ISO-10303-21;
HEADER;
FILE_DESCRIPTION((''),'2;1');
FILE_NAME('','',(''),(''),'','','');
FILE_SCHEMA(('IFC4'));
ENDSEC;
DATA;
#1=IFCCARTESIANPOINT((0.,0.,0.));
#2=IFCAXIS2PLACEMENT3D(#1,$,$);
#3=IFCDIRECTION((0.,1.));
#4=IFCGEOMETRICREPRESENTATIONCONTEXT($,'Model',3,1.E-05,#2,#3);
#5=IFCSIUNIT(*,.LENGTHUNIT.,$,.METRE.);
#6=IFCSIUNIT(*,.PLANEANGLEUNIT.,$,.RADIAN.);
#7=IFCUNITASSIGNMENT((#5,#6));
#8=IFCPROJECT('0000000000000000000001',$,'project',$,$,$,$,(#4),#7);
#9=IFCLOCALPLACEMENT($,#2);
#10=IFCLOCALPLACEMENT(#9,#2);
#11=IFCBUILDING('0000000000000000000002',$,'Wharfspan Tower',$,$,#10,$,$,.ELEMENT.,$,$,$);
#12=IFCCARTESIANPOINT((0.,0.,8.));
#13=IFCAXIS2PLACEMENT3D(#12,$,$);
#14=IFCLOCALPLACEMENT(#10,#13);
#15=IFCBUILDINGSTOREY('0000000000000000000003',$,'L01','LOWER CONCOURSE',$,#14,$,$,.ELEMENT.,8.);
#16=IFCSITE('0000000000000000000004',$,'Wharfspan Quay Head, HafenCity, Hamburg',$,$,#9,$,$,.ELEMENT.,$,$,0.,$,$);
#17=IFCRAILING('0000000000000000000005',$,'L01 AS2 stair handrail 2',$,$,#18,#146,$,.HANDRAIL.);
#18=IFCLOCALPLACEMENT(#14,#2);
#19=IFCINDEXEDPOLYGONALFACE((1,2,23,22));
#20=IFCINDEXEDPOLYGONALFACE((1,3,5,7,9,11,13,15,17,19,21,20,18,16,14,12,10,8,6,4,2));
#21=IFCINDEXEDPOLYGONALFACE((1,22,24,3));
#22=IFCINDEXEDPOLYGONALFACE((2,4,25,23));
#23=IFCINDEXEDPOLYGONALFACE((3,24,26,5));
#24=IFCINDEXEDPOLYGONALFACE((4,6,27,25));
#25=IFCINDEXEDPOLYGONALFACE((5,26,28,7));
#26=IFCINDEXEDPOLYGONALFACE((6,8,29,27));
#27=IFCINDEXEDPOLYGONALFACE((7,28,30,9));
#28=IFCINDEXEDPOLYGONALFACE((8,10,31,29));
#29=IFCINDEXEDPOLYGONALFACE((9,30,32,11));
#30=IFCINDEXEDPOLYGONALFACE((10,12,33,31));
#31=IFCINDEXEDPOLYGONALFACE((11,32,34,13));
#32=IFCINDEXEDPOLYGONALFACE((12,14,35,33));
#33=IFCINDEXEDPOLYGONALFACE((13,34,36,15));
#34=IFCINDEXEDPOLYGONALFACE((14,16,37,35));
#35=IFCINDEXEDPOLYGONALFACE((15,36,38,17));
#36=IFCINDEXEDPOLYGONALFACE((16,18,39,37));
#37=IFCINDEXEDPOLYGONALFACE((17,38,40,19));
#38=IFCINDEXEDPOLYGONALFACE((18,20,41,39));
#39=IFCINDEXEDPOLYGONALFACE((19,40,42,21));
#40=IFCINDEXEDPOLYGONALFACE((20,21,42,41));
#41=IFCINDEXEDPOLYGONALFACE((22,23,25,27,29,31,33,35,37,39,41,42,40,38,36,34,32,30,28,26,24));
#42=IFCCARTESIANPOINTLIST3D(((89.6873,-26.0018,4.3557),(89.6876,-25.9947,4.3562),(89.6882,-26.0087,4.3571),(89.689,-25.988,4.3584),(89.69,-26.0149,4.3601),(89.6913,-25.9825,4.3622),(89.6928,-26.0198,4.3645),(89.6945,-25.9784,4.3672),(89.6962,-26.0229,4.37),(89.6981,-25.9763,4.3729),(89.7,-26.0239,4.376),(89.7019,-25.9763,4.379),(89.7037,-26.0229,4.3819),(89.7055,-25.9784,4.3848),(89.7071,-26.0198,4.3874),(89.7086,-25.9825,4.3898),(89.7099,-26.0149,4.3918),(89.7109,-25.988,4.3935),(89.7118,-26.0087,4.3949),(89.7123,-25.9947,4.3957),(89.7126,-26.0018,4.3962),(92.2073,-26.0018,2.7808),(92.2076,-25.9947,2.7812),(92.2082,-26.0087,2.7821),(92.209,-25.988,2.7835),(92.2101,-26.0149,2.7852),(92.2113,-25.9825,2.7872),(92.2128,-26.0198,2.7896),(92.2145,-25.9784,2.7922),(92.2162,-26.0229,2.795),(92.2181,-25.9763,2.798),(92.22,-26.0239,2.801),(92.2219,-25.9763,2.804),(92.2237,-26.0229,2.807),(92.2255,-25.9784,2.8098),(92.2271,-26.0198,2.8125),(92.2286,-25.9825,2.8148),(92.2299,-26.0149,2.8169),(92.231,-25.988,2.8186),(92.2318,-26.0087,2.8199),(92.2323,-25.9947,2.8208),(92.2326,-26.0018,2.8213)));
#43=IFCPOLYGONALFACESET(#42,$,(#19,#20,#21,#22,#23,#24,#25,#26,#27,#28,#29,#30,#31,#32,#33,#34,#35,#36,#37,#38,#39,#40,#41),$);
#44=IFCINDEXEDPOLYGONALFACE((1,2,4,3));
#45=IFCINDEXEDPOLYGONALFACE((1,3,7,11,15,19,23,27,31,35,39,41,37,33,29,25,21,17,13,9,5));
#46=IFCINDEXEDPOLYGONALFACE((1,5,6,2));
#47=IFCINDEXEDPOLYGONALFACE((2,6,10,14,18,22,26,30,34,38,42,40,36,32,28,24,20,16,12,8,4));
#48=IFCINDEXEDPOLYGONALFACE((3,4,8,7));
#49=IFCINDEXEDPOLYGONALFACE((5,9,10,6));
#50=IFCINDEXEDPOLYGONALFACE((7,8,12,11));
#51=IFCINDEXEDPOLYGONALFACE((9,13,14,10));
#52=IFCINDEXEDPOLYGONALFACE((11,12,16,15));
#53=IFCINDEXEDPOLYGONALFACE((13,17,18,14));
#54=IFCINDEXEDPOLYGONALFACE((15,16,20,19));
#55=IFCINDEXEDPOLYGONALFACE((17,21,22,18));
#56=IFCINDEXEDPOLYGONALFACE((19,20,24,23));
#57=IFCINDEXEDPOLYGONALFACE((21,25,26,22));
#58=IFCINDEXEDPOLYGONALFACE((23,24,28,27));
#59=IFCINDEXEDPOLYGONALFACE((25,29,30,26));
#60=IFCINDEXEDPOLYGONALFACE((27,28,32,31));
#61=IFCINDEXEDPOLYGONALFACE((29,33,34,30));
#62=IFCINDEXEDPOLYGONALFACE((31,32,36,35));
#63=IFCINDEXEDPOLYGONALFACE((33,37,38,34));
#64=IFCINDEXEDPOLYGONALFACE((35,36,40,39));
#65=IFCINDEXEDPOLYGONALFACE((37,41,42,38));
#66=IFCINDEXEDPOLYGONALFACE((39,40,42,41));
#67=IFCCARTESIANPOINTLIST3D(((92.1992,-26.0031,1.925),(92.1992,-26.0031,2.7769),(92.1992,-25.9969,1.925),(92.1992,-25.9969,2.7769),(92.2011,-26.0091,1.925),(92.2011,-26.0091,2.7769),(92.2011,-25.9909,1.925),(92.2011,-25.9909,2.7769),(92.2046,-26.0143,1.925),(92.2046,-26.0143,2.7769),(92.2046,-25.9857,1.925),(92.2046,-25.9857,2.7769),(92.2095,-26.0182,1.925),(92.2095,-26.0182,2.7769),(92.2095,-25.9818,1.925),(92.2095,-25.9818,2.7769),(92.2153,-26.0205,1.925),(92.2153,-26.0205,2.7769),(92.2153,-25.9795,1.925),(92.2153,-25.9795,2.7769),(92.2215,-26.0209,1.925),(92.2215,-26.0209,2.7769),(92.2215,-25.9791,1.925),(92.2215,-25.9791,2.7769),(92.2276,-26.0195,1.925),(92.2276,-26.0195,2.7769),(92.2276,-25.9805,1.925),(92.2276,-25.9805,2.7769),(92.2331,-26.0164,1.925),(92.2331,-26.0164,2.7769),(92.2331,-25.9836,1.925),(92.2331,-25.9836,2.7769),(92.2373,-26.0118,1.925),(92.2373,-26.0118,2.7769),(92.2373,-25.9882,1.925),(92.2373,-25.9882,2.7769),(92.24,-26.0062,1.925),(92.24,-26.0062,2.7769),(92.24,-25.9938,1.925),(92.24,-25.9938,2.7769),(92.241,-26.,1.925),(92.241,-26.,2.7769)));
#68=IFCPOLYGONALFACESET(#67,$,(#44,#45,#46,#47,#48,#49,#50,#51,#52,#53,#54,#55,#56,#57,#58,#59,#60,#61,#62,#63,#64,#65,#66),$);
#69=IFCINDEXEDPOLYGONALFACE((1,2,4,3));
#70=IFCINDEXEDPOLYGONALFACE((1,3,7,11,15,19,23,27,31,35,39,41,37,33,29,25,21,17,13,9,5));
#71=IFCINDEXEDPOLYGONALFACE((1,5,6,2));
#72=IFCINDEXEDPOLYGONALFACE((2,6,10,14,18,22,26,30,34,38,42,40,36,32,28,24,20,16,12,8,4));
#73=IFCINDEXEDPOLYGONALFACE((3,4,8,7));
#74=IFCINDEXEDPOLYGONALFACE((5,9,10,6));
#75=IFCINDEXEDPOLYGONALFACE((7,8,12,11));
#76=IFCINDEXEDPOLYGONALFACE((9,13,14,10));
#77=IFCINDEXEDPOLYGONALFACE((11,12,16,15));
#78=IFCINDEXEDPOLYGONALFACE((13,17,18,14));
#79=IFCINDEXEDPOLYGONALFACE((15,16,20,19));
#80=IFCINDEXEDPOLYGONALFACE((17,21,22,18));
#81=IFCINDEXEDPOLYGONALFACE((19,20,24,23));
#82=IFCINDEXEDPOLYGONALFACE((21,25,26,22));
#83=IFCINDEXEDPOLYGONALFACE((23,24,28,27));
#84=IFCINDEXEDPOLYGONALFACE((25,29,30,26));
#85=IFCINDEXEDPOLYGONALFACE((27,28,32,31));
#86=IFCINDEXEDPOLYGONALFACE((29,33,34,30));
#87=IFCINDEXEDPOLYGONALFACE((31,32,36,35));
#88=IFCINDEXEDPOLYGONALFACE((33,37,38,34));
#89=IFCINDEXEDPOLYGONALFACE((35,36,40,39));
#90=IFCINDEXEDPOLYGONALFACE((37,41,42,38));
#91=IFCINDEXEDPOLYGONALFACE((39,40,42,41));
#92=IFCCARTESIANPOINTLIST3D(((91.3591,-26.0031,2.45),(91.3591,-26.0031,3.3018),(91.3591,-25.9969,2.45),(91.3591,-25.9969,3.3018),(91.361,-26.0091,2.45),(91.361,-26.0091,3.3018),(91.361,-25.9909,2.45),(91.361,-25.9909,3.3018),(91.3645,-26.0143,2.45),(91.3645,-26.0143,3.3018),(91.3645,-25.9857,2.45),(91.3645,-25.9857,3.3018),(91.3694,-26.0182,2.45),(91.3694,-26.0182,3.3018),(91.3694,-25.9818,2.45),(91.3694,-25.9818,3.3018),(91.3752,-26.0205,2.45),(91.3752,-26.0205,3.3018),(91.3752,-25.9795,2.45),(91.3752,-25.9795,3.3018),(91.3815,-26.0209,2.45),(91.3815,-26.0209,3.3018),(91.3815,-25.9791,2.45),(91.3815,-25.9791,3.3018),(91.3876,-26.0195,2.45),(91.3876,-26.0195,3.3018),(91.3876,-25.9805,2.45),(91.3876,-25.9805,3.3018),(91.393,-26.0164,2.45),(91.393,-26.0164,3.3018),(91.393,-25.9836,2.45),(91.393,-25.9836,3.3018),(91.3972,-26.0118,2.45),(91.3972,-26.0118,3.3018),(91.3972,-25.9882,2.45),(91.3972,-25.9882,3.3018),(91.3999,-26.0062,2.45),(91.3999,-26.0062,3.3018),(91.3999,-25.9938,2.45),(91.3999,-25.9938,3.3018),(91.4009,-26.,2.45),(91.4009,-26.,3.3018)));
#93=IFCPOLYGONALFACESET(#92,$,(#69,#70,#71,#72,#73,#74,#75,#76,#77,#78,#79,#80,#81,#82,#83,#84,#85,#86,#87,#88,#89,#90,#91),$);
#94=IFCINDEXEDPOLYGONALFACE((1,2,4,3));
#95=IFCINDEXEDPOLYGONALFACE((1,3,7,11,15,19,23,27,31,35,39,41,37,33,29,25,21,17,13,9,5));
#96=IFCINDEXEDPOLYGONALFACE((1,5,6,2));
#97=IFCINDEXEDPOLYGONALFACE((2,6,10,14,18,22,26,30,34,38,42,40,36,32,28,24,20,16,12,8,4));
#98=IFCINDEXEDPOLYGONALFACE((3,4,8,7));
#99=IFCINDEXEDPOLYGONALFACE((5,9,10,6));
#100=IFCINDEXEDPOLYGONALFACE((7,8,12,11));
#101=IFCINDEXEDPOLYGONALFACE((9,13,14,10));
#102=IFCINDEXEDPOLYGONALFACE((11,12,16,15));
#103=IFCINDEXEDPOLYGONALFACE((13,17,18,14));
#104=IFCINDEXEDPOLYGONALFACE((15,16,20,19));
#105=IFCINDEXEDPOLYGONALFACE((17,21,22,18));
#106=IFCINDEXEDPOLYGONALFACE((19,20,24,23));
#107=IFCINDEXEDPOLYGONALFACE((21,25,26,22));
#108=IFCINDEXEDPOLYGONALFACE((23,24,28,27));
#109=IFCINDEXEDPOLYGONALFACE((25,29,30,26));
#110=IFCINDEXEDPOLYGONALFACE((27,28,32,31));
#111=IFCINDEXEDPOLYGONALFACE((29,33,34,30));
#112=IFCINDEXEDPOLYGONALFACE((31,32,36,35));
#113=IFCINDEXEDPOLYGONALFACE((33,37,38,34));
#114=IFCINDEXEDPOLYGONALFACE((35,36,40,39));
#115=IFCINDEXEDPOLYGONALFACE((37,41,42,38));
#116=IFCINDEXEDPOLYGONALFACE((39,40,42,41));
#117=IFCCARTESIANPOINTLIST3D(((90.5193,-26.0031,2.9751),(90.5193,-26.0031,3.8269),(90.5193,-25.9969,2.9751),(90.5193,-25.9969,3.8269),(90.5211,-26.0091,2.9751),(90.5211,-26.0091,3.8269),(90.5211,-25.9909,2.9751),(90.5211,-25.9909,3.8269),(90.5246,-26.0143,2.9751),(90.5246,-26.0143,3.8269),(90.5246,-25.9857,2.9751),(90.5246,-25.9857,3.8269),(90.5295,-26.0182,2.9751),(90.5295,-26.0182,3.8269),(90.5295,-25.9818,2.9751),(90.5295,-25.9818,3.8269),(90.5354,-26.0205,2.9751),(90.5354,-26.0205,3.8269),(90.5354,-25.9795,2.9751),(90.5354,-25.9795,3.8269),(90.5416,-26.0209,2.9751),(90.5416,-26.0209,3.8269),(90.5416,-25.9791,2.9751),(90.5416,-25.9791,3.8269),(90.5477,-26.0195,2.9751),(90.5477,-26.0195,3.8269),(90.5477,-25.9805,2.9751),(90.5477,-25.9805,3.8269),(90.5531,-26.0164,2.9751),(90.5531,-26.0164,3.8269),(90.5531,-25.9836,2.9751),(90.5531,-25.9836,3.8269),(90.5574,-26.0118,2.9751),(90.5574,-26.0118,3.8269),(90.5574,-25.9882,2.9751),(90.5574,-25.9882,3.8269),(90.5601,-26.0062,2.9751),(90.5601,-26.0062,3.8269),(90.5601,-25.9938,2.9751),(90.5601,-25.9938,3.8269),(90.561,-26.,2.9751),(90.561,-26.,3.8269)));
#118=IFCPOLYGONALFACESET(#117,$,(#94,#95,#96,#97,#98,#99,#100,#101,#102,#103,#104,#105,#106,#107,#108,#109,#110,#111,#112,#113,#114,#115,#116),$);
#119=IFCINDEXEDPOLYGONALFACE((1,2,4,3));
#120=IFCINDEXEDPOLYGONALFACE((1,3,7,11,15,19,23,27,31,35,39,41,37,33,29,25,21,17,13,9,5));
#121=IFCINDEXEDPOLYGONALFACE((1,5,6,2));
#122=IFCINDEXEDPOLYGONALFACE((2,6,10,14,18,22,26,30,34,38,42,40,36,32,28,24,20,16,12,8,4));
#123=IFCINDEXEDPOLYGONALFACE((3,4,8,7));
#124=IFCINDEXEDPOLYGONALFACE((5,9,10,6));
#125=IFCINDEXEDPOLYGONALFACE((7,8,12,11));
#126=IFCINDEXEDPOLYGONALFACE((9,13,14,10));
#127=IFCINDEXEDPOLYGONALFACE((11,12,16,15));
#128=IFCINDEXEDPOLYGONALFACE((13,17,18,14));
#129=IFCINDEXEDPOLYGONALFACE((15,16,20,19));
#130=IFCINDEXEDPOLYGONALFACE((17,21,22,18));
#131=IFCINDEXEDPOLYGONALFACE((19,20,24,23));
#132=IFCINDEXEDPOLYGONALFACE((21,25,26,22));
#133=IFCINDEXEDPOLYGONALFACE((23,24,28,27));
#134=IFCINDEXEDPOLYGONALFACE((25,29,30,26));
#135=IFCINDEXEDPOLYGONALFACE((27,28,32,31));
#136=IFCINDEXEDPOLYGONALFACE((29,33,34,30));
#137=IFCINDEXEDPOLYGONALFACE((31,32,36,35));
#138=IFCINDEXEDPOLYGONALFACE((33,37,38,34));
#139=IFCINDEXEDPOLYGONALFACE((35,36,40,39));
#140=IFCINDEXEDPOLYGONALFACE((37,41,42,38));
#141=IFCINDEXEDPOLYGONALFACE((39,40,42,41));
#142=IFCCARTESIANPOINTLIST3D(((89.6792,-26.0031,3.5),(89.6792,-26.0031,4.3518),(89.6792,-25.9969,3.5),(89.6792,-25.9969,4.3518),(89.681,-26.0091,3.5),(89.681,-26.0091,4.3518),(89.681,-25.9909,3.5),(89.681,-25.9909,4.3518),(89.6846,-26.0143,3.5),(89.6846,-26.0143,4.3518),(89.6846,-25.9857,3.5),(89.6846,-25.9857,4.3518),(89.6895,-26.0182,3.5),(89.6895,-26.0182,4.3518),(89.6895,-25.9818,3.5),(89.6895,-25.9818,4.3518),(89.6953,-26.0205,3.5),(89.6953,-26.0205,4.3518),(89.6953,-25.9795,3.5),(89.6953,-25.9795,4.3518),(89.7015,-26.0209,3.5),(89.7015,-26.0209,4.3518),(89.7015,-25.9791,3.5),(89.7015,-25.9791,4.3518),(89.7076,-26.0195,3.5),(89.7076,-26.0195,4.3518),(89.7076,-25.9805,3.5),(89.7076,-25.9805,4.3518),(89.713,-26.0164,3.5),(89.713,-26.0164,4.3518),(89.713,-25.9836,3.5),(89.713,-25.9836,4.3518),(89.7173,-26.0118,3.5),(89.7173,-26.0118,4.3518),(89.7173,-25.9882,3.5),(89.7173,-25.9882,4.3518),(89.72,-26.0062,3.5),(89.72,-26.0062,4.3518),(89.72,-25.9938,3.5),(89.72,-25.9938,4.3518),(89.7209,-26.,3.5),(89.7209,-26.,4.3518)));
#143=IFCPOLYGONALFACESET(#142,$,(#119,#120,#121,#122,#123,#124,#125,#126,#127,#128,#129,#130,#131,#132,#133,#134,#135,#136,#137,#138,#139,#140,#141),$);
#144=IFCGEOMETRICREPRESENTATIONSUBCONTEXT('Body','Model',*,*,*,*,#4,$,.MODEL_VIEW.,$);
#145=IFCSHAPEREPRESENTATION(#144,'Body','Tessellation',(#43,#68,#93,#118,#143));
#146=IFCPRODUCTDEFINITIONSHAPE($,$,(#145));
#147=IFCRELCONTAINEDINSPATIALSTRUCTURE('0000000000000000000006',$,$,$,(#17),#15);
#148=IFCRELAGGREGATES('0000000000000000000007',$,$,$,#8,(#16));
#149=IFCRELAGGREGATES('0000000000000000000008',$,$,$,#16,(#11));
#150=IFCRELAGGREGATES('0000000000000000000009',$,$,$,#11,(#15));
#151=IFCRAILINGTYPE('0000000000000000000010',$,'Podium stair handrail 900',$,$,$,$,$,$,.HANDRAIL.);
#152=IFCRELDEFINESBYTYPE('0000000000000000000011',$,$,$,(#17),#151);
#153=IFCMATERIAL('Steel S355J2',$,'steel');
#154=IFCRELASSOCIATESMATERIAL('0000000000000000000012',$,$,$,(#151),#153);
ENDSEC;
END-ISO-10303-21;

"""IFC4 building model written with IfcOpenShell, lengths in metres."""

from ifc_helpers import new_model, si_unit, direction, frame, origin, origin_2d, place, context, subcontext, project, spatial, circle, extrude, material, type_object, element, save


model = new_model("IFC4")

# Units and contexts
model_context = context("Model", 3, precision=1e-05, world=origin(), true_north=direction((0.0, 1.0)))
body_context = subcontext(model_context, "Body", "Model", "MODEL_VIEW")
ifc_project = project(units=[si_unit("LENGTHUNIT", "METRE"), si_unit("PLANEANGLEUNIT", "RADIAN")], contexts=[model_context])

# Site, building, storey
site_placement = place(None, origin())
site = spatial("IfcSite", under=ifc_project, at=site_placement, Name="Wharfspan Quay Head, HafenCity, Hamburg", CompositionType="ELEMENT", RefElevation=0.0)
building_placement = place(site_placement, origin())
building = spatial("IfcBuilding", under=site, at=building_placement, Name="Wharfspan Tower", CompositionType="ELEMENT")
storey_placement = place(building_placement, frame((0.0, 0.0, 8.0)))
storey = spatial("IfcBuildingStorey", under=building, at=storey_placement, Name="L01", Description="LOWER CONCOURSE", CompositionType="ELEMENT", Elevation=8.0)

# Railing
ifc_material_1 = material(Name="Steel S355J2", Category="steel")
railing_type_1 = type_object("IfcRailingType", Name="Podium stair handrail 900", PredefinedType="HANDRAIL", material=ifc_material_1)
for number, where, name in (
    (1, (92.22, -26.0, 1.925), "L01 AS2 stair handrail 2"),
):
    element("IfcRailing", number, at=place(storey_placement, frame(where)), inside=storey, type_object=railing_type_1, Name=name, PredefinedType="HANDRAIL", context=body_context, shape_type="SweptSolid", body=[
        extrude(circle(Radius=0.0239, at=origin_2d()), frame((0.0, 0.0, 0.876), z_axis=(-0.848008, 0.0, 0.529984), x_axis=(0.0, -1.0, 0.0)), (0.0, 0.0, 1.0), 2.9717),
        extrude(circle(Radius=0.021, at=origin_2d()), origin(), (0.0, 0.0, 1.0), 0.8518),
        extrude(circle(Radius=0.021, at=origin_2d()), frame((-0.8401, 0.0, 0.5249)), (0.0, 0.0, 1.0), 0.8518),
        extrude(circle(Radius=0.021, at=origin_2d()), frame((-1.6799, 0.0, 1.05)), (0.0, 0.0, 1.0), 0.8518),
        extrude(circle(Radius=0.021, at=origin_2d()), frame((-2.52, 0.0, 1.575)), (0.0, 0.0, 1.0), 0.8518),
    ])

save(model, "model.ifc")
